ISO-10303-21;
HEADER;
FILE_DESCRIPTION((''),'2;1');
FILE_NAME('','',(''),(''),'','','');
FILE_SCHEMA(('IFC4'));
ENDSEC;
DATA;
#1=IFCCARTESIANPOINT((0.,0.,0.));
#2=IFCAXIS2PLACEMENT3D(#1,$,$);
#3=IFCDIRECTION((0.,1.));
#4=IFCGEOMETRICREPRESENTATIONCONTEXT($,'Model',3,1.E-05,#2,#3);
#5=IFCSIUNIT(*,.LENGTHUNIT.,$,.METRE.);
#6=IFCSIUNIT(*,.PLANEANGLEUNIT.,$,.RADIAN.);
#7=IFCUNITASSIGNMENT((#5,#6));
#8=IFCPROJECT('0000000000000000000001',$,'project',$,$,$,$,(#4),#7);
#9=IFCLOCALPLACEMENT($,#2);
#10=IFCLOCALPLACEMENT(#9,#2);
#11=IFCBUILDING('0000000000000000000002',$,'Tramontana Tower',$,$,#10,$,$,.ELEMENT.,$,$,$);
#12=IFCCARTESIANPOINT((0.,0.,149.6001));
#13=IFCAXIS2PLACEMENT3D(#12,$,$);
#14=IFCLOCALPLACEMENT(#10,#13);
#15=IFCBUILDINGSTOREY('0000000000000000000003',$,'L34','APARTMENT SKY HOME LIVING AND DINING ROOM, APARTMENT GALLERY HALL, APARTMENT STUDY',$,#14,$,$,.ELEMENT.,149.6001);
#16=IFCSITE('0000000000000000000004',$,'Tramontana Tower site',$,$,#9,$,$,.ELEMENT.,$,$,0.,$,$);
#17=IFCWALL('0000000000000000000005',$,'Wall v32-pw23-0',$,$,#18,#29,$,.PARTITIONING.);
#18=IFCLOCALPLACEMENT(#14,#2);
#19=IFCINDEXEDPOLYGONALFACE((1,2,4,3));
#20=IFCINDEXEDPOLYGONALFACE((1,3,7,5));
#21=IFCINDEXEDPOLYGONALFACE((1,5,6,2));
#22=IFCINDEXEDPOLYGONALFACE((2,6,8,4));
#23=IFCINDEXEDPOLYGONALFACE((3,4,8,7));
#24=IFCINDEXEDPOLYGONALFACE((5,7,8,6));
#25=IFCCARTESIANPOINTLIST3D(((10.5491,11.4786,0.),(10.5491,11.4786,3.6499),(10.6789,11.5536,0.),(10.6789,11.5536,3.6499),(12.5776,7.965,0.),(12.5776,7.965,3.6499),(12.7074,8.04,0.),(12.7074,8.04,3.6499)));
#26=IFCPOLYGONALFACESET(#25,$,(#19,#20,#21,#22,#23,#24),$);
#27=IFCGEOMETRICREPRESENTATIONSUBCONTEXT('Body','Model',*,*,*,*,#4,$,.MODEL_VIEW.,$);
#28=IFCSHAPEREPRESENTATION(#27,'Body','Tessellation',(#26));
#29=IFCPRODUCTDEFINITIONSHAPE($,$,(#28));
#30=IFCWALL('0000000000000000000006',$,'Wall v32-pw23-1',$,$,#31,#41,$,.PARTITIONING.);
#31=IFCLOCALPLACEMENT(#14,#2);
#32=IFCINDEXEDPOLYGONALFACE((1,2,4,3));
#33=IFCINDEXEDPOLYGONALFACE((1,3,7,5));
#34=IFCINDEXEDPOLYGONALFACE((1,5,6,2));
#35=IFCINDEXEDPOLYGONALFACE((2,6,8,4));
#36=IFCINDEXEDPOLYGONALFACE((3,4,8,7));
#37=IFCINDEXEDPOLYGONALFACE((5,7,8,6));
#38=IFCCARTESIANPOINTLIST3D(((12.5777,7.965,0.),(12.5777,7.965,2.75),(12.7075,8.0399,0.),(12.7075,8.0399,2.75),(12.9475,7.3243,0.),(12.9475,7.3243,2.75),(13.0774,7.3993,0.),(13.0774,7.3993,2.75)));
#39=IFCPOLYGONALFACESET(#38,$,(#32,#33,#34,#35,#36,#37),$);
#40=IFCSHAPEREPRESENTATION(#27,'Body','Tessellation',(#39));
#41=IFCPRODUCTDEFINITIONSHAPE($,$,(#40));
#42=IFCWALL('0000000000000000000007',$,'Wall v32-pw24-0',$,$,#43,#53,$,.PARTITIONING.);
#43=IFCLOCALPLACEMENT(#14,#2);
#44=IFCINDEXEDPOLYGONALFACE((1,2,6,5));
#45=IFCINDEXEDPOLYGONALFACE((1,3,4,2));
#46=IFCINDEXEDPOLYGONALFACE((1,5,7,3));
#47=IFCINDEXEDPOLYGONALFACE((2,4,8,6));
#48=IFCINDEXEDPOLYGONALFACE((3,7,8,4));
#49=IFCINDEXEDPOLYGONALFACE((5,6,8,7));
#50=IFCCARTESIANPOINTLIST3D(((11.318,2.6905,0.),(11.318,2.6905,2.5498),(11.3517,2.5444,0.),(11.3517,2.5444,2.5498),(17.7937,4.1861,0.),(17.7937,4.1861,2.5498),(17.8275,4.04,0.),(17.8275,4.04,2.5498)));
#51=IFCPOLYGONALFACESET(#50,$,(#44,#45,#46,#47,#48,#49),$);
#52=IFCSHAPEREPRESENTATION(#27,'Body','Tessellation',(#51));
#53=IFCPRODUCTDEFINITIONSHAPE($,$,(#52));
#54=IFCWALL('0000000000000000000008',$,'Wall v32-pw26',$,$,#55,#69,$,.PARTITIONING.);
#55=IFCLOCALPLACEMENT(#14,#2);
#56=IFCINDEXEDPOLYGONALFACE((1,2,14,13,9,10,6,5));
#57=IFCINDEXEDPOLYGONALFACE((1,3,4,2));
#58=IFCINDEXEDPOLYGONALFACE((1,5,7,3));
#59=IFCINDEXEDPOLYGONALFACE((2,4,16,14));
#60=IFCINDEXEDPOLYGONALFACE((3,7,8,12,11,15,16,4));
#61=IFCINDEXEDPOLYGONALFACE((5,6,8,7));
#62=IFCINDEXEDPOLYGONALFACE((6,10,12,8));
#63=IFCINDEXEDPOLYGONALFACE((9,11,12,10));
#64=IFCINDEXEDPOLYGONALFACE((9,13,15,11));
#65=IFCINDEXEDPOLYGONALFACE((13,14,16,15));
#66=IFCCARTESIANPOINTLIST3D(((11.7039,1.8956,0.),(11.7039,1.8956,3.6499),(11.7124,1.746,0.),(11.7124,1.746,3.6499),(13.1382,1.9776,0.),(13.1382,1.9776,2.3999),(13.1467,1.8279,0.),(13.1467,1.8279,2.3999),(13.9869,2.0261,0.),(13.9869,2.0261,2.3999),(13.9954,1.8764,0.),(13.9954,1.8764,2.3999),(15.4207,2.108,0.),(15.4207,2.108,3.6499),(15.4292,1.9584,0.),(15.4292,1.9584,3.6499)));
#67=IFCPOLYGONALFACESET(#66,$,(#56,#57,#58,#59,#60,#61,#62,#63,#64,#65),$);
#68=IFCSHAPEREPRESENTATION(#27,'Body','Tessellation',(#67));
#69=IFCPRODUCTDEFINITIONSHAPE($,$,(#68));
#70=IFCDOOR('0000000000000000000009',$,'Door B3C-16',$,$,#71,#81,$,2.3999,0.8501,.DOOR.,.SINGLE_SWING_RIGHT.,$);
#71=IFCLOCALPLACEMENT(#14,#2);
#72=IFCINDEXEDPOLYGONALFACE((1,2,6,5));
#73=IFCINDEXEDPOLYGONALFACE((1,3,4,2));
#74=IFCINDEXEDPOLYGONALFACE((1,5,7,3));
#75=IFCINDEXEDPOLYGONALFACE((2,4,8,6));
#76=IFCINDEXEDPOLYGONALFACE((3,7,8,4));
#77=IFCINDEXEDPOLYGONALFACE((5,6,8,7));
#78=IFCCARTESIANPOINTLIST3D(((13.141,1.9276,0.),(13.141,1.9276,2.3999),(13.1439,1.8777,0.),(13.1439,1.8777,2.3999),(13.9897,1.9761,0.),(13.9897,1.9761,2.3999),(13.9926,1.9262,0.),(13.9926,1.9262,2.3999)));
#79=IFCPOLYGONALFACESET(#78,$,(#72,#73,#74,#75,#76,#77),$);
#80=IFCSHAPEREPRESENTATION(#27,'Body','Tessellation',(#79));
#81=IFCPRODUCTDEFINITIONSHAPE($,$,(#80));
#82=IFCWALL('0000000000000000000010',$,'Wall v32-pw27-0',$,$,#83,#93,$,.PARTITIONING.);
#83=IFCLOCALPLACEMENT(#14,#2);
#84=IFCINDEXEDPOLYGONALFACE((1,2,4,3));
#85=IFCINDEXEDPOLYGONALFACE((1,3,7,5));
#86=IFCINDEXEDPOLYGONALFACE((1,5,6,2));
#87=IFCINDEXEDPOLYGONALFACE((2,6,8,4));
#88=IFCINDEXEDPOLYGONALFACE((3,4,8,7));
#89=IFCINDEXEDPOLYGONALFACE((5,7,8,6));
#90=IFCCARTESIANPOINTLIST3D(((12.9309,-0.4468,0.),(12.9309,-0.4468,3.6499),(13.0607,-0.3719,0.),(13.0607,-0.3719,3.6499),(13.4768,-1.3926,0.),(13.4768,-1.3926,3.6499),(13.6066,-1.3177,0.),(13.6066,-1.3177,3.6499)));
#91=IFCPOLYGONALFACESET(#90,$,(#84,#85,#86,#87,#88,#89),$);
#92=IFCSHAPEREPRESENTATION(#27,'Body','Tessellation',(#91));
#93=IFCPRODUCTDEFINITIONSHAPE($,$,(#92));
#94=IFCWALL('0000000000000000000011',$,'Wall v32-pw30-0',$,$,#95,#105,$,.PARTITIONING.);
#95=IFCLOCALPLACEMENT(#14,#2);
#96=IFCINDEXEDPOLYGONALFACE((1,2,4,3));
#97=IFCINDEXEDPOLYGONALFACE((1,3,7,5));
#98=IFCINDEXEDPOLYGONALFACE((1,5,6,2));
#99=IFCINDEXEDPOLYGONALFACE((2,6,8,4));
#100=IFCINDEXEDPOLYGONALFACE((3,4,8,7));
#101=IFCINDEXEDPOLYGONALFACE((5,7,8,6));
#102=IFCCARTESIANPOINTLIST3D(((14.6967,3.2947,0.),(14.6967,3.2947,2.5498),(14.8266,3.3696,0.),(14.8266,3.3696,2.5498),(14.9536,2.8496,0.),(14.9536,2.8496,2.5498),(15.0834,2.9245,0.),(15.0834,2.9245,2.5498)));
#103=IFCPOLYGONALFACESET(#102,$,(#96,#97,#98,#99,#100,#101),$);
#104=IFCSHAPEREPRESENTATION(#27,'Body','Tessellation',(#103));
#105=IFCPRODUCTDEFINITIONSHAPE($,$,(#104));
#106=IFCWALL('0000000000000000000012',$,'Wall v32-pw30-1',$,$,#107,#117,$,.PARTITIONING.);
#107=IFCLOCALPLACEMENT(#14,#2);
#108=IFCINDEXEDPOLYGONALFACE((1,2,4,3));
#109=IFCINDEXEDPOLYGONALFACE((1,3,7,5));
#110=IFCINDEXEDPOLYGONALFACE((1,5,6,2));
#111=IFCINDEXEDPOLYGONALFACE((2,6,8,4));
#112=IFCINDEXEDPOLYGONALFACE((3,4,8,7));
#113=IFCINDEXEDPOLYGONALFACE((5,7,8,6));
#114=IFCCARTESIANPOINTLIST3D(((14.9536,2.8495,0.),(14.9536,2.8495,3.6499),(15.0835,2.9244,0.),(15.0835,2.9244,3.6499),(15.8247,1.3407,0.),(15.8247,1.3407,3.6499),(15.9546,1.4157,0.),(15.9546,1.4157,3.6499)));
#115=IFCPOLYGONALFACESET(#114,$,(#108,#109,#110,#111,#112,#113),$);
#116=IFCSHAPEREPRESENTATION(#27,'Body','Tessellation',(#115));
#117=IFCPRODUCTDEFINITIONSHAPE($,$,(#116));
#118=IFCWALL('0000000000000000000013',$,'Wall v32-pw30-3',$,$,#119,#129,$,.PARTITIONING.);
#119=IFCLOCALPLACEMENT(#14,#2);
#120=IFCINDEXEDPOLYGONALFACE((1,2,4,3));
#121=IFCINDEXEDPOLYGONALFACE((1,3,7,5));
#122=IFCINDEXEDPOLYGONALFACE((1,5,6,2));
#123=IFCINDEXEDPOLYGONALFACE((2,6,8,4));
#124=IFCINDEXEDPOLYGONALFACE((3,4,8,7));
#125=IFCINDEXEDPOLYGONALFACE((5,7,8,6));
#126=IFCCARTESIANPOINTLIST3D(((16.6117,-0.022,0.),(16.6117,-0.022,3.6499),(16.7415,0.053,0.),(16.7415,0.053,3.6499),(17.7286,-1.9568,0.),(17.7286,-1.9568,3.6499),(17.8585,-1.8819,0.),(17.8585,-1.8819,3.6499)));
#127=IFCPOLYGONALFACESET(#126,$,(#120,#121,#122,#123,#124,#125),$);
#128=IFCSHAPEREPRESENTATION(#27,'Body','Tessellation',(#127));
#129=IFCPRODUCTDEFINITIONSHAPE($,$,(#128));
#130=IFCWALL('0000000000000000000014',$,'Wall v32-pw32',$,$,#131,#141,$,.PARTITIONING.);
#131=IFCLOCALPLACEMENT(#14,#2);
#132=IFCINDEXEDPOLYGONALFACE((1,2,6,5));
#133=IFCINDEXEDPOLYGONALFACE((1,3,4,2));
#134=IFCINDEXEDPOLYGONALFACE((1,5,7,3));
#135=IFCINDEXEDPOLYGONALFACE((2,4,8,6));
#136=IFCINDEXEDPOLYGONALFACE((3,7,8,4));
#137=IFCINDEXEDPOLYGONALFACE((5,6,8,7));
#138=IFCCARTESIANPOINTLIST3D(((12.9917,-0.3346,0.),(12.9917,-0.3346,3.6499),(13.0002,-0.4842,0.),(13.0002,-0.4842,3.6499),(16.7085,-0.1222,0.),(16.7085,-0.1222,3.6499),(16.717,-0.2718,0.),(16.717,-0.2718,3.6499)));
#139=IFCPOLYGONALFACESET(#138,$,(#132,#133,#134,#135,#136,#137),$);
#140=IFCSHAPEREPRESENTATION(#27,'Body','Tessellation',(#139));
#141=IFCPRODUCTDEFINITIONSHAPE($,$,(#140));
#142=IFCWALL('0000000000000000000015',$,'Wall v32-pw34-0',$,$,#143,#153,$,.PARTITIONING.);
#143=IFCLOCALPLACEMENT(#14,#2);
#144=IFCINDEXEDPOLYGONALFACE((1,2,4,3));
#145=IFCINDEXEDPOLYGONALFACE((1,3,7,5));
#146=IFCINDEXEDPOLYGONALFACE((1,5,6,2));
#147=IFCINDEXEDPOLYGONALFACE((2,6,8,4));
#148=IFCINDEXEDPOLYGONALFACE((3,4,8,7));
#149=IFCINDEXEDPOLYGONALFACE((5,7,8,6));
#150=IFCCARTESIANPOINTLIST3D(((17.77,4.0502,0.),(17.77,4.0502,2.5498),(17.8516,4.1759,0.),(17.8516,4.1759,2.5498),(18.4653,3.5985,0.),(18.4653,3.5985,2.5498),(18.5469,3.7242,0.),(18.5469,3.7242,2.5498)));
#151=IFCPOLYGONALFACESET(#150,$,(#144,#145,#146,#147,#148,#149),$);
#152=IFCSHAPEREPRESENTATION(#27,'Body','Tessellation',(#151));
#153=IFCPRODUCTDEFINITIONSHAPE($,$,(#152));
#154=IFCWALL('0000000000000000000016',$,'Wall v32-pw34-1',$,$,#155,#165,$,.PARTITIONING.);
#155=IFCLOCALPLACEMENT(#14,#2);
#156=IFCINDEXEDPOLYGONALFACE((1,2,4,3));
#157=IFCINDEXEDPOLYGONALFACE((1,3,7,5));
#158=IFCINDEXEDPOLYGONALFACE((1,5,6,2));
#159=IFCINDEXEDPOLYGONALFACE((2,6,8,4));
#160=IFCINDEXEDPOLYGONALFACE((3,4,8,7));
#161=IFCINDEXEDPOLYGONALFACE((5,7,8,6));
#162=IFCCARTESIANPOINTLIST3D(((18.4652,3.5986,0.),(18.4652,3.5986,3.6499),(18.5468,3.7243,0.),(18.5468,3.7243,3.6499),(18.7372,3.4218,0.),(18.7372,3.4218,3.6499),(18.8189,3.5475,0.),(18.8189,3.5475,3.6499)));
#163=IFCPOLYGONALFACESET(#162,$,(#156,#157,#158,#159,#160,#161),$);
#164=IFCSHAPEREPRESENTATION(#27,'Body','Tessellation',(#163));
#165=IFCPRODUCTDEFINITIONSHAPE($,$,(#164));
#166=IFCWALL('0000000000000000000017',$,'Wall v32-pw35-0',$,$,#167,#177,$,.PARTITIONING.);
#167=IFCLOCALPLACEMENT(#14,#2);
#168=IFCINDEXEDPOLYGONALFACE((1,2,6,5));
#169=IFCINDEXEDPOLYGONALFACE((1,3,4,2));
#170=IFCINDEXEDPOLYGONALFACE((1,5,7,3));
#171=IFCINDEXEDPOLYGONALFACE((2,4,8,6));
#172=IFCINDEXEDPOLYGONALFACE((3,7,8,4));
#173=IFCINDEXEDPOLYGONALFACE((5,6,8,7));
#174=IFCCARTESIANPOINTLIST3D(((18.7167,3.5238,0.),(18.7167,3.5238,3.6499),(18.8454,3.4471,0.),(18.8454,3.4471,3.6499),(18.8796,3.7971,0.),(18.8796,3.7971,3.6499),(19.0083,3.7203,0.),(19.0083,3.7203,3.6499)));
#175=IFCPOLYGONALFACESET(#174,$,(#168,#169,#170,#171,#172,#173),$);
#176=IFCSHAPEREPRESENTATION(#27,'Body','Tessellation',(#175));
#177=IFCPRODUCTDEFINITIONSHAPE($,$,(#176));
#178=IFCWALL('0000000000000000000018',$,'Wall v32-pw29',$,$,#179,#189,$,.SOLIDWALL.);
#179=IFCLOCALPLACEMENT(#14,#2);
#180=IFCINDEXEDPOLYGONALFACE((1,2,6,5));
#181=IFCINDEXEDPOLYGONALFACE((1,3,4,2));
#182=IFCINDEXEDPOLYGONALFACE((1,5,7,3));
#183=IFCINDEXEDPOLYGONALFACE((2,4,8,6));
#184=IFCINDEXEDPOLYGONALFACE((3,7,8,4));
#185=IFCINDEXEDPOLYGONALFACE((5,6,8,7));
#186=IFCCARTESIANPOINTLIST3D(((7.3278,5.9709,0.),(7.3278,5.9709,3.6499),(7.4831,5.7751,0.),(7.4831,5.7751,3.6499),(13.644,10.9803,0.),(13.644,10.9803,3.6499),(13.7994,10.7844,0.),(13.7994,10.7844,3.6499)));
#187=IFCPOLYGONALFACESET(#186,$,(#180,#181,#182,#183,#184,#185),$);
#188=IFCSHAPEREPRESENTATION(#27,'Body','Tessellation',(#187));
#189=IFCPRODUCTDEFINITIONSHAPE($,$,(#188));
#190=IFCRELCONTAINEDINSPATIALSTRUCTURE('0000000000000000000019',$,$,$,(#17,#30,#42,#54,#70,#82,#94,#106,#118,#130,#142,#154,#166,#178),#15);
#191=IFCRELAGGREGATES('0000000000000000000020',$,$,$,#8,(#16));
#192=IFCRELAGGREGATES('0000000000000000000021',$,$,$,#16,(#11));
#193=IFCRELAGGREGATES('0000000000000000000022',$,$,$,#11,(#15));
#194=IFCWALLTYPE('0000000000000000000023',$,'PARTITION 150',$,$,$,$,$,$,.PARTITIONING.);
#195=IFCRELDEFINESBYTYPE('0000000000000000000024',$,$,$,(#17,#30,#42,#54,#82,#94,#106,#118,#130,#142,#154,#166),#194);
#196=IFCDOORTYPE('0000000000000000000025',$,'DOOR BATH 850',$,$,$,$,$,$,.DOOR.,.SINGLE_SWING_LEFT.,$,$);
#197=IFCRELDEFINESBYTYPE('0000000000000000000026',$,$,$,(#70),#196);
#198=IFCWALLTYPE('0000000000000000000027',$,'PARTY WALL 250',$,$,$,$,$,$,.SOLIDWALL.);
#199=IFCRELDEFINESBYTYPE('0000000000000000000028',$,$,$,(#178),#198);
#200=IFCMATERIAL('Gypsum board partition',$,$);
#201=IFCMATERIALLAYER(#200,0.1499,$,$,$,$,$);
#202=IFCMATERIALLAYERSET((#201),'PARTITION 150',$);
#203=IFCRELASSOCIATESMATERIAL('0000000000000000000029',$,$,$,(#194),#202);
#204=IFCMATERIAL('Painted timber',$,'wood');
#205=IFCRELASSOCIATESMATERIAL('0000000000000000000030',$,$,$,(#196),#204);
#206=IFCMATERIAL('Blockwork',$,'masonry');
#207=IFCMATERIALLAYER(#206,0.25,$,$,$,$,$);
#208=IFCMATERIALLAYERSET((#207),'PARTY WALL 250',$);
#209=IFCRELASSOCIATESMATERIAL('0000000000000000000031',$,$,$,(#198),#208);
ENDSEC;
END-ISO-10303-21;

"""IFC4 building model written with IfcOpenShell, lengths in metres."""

from ifc_helpers import new_model, si_unit, direction, frame, frame_2d, origin, place, context, subcontext, project, spatial, rectangle, extrude, material, layer, layer_set, type_object, element, fill, save


model = new_model("IFC4")

# Units and contexts
model_context = context("Model", 3, precision=1e-05, world=origin(), true_north=direction((0.0, 1.0)))
body_context = subcontext(model_context, "Body", "Model", "MODEL_VIEW")
ifc_project = project(units=[si_unit("LENGTHUNIT", "METRE"), si_unit("PLANEANGLEUNIT", "RADIAN")], contexts=[model_context])

# Site, building, storey
site_placement = place(None, origin())
site = spatial("IfcSite", under=ifc_project, at=site_placement, Name="Tramontana Tower site", CompositionType="ELEMENT", RefElevation=0.0)
building_placement = place(site_placement, origin())
building = spatial("IfcBuilding", under=site, at=building_placement, Name="Tramontana Tower", CompositionType="ELEMENT")
storey_placement = place(building_placement, frame((0.0, 0.0, 149.6001)))
storey = spatial("IfcBuildingStorey", under=building, at=storey_placement, Name="L34", Description="APARTMENT SKY HOME LIVING AND DINING ROOM, APARTMENT GALLERY HALL, APARTMENT STUDY", CompositionType="ELEMENT", Elevation=149.6001)

# Walls
ifc_material_1 = material(Name="Gypsum board partition")
ifc_layer_1 = layer(ifc_material_1, 0.1499)
ifc_layer_set_1 = layer_set([ifc_layer_1], Name="PARTITION 150")
wall_type_1 = type_object("IfcWallType", Name="PARTITION 150", PredefinedType="PARTITIONING", material=ifc_layer_set_1)
wall_1_placement = place(storey_placement, frame((10.614, 11.5161, 0.0), z_axis=(0.0, 0.0, 1.0), x_axis=(0.49999, -0.866031, 0.0)))
element("IfcWall", 1, at=wall_1_placement, inside=storey, type_object=wall_type_1, Name="Wall v32-pw23-0", PredefinedType="PARTITIONING", context=body_context, shape_type="SweptSolid", body=[
    extrude(rectangle(XDim=4.0571, YDim=0.1499, at=frame_2d((2.0286, 0.0))), origin(), (0.0, 0.0, 1.0), 3.6499),
])
wall_2_placement = place(storey_placement, frame((12.6426, 8.0024, 0.0), z_axis=(0.0, 0.0, 1.0), x_axis=(0.500008, -0.866021, 0.0)))
element("IfcWall", 2, at=wall_2_placement, inside=storey, type_object=wall_type_1, Name="Wall v32-pw23-1", PredefinedType="PARTITIONING", context=body_context, shape_type="SweptSolid", body=[
    extrude(rectangle(XDim=0.7397, YDim=0.1499, at=frame_2d((0.3699, 0.0))), origin(), (0.0, 0.0, 1.0), 2.75),
])
wall_3_placement = place(storey_placement, frame((11.3347, 2.6174, 0.0), z_axis=(0.0, 0.0, 1.0), x_axis=(0.974352, 0.225029, 0.0)))
element("IfcWall", 3, at=wall_3_placement, inside=storey, type_object=wall_type_1, Name="Wall v32-pw24-0", PredefinedType="PARTITIONING", context=body_context, shape_type="SweptSolid", body=[
    extrude(rectangle(XDim=6.6462, YDim=0.1499, at=frame_2d((3.3232, 0.0))), origin(), (0.0, 0.0, 1.0), 2.5498),
])

# Wall, opening, door
wall_4_placement = place(storey_placement, frame((11.7083, 1.8208, 0.0), z_axis=(0.0, 0.0, 1.0), x_axis=(0.998371, 0.057054, 0.0)))
wall_4 = element("IfcWall", 4, at=wall_4_placement, inside=storey, type_object=wall_type_1, Name="Wall v32-pw26", PredefinedType="PARTITIONING", context=body_context, shape_type="SweptSolid", body=[
    extrude(rectangle(XDim=3.7229, YDim=0.1499, at=frame_2d((1.8613, 0.0))), origin(), (0.0, 0.0, 1.0), 3.6499),
])
opening_1_placement = place(wall_4_placement, frame((1.4365, 0.0, 0.0)))
opening_1 = element("IfcOpeningElement", 5, at=opening_1_placement, cuts=wall_4, PredefinedType="OPENING", context=body_context, shape_type="SweptSolid", body=[
    extrude(rectangle(XDim=0.8501, YDim=2.3999, at=frame_2d((0.425, 1.2))), frame((0.0, 0.085, 0.0), z_axis=(0.0, -1.0, 0.0), x_axis=(1.0, 0.0, 0.0)), (0.0, 0.0, 1.0), 0.1699),
])
ifc_material_2 = material(Name="Painted timber", Category="wood")
door_type_1 = type_object("IfcDoorType", Name="DOOR BATH 850", OperationType="SINGLE_SWING_LEFT", PredefinedType="DOOR", material=ifc_material_2)
door_1_placement = place(opening_1_placement, origin())
door_1 = element("IfcDoor", 6, at=door_1_placement, inside=storey, type_object=door_type_1, Name="Door B3C-16", OperationType="SINGLE_SWING_RIGHT", OverallHeight=2.3999, OverallWidth=0.8501, PredefinedType="DOOR", context=body_context, shape_type="SweptSolid", body=[
    extrude(rectangle(XDim=0.8501, YDim=2.3999, at=frame_2d((0.425, 1.2))), frame((0.0, 0.0249, 0.0), z_axis=(0.0, -1.0, 0.0), x_axis=(1.0, 0.0, 0.0)), (0.0, 0.0, 1.0), 0.05),
])
fill(opening_1, door_1)

# Walls
wall_5_placement = place(storey_placement, frame((12.9958, -0.4094, 0.0), z_axis=(0.0, 0.0, 1.0), x_axis=(0.49989, -0.866089, 0.0)))
element("IfcWall", 7, at=wall_5_placement, inside=storey, type_object=wall_type_1, Name="Wall v32-pw27-0", PredefinedType="PARTITIONING", context=body_context, shape_type="SweptSolid", body=[
    extrude(rectangle(XDim=1.092, YDim=0.1499, at=frame_2d((0.5459, 0.0))), origin(), (0.0, 0.0, 1.0), 3.6499),
])
wall_6_placement = place(storey_placement, frame((14.7617, 3.332, 0.0), z_axis=(0.0, 0.0, 1.0), x_axis=(0.499818, -0.86613, 0.0)))
element("IfcWall", 8, at=wall_6_placement, inside=storey, type_object=wall_type_1, Name="Wall v32-pw30-0", PredefinedType="PARTITIONING", context=body_context, shape_type="SweptSolid", body=[
    extrude(rectangle(XDim=0.5139, YDim=0.1499, at=frame_2d((0.2568, 0.0))), origin(), (0.0, 0.0, 1.0), 2.5498),
])
wall_7_placement = place(storey_placement, frame((15.0186, 2.887, 0.0), z_axis=(0.0, 0.0, 1.0), x_axis=(0.499997, -0.866027, 0.0)))
element("IfcWall", 9, at=wall_7_placement, inside=storey, type_object=wall_type_1, Name="Wall v32-pw30-1", PredefinedType="PARTITIONING", context=body_context, shape_type="SweptSolid", body=[
    extrude(rectangle(XDim=1.7422, YDim=0.1499, at=frame_2d((0.8711, 0.0))), origin(), (0.0, 0.0, 1.0), 3.6499),
])

# Walls
wall_8_placement = place(storey_placement, frame((16.6765, 0.0156, 0.0), z_axis=(0.0, 0.0, 1.0), x_axis=(0.499959, -0.866049, 0.0)))
element("IfcWall", 10, at=wall_8_placement, inside=storey, type_object=wall_type_1, Name="Wall v32-pw30-3", PredefinedType="PARTITIONING", context=body_context, shape_type="SweptSolid", body=[
    extrude(rectangle(XDim=2.2341, YDim=0.1499, at=frame_2d((1.1172, 0.0))), origin(), (0.0, 0.0, 1.0), 3.6499),
])
wall_9_placement = place(storey_placement, frame((16.7126, -0.197, 0.0), z_axis=(0.0, 0.0, 1.0), x_axis=(-0.998371, -0.057054, 0.0)))
element("IfcWall", 11, at=wall_9_placement, inside=storey, type_object=wall_type_1, Name="Wall v32-pw32", PredefinedType="PARTITIONING", context=body_context, shape_type="SweptSolid", body=[
    extrude(rectangle(XDim=3.7229, YDim=0.1499, at=frame_2d((1.8613, 0.0))), origin(), (0.0, 0.0, 1.0), 3.6499),
])
wall_10_placement = place(storey_placement, frame((17.8108, 4.113, 0.0), z_axis=(0.0, 0.0, 1.0), x_axis=(0.838605, -0.54474, 0.0)))
element("IfcWall", 12, at=wall_10_placement, inside=storey, type_object=wall_type_1, Name="Wall v32-pw34-0", PredefinedType="PARTITIONING", context=body_context, shape_type="SweptSolid", body=[
    extrude(rectangle(XDim=0.8291, YDim=0.1499, at=frame_2d((0.4146, 0.0))), origin(), (0.0, 0.0, 1.0), 2.5498),
])
wall_11_placement = place(storey_placement, frame((18.5061, 3.6614, 0.0), z_axis=(0.0, 0.0, 1.0), x_axis=(0.838478, -0.544935, 0.0)))
element("IfcWall", 13, at=wall_11_placement, inside=storey, type_object=wall_type_1, Name="Wall v32-pw34-1", PredefinedType="PARTITIONING", context=body_context, shape_type="SweptSolid", body=[
    extrude(rectangle(XDim=0.3245, YDim=0.1499, at=frame_2d((0.1621, 0.0))), origin(), (0.0, 0.0, 1.0), 3.6499),
])
wall_12_placement = place(storey_placement, frame((18.781, 3.4854, 0.0), z_axis=(0.0, 0.0, 1.0), x_axis=(0.51201, 0.858979, 0.0)))
element("IfcWall", 14, at=wall_12_placement, inside=storey, type_object=wall_type_1, Name="Wall v32-pw35-0", PredefinedType="PARTITIONING", context=body_context, shape_type="SweptSolid", body=[
    extrude(rectangle(XDim=0.3181, YDim=0.1499, at=frame_2d((0.1592, 0.0))), origin(), (0.0, 0.0, 1.0), 3.6499),
])
ifc_material_3 = material(Name="Blockwork", Category="masonry")
ifc_layer_2 = layer(ifc_material_3, 0.25)
ifc_layer_set_2 = layer_set([ifc_layer_2], Name="PARTY WALL 250")
wall_type_2 = type_object("IfcWallType", Name="PARTY WALL 250", PredefinedType="SOLIDWALL", material=ifc_layer_set_2)
wall_13_placement = place(storey_placement, frame((13.7217, 10.8823, 0.0), z_axis=(0.0, 0.0, 1.0), x_axis=(-0.783503, -0.621388, 0.0)))
element("IfcWall", 15, at=wall_13_placement, inside=storey, type_object=wall_type_2, Name="Wall v32-pw29", PredefinedType="SOLIDWALL", context=body_context, shape_type="SweptSolid", body=[
    extrude(rectangle(XDim=8.0615, YDim=0.25, at=frame_2d((4.0308, 0.0))), origin(), (0.0, 0.0, 1.0), 3.6499),
])

save(model, "model.ifc")
